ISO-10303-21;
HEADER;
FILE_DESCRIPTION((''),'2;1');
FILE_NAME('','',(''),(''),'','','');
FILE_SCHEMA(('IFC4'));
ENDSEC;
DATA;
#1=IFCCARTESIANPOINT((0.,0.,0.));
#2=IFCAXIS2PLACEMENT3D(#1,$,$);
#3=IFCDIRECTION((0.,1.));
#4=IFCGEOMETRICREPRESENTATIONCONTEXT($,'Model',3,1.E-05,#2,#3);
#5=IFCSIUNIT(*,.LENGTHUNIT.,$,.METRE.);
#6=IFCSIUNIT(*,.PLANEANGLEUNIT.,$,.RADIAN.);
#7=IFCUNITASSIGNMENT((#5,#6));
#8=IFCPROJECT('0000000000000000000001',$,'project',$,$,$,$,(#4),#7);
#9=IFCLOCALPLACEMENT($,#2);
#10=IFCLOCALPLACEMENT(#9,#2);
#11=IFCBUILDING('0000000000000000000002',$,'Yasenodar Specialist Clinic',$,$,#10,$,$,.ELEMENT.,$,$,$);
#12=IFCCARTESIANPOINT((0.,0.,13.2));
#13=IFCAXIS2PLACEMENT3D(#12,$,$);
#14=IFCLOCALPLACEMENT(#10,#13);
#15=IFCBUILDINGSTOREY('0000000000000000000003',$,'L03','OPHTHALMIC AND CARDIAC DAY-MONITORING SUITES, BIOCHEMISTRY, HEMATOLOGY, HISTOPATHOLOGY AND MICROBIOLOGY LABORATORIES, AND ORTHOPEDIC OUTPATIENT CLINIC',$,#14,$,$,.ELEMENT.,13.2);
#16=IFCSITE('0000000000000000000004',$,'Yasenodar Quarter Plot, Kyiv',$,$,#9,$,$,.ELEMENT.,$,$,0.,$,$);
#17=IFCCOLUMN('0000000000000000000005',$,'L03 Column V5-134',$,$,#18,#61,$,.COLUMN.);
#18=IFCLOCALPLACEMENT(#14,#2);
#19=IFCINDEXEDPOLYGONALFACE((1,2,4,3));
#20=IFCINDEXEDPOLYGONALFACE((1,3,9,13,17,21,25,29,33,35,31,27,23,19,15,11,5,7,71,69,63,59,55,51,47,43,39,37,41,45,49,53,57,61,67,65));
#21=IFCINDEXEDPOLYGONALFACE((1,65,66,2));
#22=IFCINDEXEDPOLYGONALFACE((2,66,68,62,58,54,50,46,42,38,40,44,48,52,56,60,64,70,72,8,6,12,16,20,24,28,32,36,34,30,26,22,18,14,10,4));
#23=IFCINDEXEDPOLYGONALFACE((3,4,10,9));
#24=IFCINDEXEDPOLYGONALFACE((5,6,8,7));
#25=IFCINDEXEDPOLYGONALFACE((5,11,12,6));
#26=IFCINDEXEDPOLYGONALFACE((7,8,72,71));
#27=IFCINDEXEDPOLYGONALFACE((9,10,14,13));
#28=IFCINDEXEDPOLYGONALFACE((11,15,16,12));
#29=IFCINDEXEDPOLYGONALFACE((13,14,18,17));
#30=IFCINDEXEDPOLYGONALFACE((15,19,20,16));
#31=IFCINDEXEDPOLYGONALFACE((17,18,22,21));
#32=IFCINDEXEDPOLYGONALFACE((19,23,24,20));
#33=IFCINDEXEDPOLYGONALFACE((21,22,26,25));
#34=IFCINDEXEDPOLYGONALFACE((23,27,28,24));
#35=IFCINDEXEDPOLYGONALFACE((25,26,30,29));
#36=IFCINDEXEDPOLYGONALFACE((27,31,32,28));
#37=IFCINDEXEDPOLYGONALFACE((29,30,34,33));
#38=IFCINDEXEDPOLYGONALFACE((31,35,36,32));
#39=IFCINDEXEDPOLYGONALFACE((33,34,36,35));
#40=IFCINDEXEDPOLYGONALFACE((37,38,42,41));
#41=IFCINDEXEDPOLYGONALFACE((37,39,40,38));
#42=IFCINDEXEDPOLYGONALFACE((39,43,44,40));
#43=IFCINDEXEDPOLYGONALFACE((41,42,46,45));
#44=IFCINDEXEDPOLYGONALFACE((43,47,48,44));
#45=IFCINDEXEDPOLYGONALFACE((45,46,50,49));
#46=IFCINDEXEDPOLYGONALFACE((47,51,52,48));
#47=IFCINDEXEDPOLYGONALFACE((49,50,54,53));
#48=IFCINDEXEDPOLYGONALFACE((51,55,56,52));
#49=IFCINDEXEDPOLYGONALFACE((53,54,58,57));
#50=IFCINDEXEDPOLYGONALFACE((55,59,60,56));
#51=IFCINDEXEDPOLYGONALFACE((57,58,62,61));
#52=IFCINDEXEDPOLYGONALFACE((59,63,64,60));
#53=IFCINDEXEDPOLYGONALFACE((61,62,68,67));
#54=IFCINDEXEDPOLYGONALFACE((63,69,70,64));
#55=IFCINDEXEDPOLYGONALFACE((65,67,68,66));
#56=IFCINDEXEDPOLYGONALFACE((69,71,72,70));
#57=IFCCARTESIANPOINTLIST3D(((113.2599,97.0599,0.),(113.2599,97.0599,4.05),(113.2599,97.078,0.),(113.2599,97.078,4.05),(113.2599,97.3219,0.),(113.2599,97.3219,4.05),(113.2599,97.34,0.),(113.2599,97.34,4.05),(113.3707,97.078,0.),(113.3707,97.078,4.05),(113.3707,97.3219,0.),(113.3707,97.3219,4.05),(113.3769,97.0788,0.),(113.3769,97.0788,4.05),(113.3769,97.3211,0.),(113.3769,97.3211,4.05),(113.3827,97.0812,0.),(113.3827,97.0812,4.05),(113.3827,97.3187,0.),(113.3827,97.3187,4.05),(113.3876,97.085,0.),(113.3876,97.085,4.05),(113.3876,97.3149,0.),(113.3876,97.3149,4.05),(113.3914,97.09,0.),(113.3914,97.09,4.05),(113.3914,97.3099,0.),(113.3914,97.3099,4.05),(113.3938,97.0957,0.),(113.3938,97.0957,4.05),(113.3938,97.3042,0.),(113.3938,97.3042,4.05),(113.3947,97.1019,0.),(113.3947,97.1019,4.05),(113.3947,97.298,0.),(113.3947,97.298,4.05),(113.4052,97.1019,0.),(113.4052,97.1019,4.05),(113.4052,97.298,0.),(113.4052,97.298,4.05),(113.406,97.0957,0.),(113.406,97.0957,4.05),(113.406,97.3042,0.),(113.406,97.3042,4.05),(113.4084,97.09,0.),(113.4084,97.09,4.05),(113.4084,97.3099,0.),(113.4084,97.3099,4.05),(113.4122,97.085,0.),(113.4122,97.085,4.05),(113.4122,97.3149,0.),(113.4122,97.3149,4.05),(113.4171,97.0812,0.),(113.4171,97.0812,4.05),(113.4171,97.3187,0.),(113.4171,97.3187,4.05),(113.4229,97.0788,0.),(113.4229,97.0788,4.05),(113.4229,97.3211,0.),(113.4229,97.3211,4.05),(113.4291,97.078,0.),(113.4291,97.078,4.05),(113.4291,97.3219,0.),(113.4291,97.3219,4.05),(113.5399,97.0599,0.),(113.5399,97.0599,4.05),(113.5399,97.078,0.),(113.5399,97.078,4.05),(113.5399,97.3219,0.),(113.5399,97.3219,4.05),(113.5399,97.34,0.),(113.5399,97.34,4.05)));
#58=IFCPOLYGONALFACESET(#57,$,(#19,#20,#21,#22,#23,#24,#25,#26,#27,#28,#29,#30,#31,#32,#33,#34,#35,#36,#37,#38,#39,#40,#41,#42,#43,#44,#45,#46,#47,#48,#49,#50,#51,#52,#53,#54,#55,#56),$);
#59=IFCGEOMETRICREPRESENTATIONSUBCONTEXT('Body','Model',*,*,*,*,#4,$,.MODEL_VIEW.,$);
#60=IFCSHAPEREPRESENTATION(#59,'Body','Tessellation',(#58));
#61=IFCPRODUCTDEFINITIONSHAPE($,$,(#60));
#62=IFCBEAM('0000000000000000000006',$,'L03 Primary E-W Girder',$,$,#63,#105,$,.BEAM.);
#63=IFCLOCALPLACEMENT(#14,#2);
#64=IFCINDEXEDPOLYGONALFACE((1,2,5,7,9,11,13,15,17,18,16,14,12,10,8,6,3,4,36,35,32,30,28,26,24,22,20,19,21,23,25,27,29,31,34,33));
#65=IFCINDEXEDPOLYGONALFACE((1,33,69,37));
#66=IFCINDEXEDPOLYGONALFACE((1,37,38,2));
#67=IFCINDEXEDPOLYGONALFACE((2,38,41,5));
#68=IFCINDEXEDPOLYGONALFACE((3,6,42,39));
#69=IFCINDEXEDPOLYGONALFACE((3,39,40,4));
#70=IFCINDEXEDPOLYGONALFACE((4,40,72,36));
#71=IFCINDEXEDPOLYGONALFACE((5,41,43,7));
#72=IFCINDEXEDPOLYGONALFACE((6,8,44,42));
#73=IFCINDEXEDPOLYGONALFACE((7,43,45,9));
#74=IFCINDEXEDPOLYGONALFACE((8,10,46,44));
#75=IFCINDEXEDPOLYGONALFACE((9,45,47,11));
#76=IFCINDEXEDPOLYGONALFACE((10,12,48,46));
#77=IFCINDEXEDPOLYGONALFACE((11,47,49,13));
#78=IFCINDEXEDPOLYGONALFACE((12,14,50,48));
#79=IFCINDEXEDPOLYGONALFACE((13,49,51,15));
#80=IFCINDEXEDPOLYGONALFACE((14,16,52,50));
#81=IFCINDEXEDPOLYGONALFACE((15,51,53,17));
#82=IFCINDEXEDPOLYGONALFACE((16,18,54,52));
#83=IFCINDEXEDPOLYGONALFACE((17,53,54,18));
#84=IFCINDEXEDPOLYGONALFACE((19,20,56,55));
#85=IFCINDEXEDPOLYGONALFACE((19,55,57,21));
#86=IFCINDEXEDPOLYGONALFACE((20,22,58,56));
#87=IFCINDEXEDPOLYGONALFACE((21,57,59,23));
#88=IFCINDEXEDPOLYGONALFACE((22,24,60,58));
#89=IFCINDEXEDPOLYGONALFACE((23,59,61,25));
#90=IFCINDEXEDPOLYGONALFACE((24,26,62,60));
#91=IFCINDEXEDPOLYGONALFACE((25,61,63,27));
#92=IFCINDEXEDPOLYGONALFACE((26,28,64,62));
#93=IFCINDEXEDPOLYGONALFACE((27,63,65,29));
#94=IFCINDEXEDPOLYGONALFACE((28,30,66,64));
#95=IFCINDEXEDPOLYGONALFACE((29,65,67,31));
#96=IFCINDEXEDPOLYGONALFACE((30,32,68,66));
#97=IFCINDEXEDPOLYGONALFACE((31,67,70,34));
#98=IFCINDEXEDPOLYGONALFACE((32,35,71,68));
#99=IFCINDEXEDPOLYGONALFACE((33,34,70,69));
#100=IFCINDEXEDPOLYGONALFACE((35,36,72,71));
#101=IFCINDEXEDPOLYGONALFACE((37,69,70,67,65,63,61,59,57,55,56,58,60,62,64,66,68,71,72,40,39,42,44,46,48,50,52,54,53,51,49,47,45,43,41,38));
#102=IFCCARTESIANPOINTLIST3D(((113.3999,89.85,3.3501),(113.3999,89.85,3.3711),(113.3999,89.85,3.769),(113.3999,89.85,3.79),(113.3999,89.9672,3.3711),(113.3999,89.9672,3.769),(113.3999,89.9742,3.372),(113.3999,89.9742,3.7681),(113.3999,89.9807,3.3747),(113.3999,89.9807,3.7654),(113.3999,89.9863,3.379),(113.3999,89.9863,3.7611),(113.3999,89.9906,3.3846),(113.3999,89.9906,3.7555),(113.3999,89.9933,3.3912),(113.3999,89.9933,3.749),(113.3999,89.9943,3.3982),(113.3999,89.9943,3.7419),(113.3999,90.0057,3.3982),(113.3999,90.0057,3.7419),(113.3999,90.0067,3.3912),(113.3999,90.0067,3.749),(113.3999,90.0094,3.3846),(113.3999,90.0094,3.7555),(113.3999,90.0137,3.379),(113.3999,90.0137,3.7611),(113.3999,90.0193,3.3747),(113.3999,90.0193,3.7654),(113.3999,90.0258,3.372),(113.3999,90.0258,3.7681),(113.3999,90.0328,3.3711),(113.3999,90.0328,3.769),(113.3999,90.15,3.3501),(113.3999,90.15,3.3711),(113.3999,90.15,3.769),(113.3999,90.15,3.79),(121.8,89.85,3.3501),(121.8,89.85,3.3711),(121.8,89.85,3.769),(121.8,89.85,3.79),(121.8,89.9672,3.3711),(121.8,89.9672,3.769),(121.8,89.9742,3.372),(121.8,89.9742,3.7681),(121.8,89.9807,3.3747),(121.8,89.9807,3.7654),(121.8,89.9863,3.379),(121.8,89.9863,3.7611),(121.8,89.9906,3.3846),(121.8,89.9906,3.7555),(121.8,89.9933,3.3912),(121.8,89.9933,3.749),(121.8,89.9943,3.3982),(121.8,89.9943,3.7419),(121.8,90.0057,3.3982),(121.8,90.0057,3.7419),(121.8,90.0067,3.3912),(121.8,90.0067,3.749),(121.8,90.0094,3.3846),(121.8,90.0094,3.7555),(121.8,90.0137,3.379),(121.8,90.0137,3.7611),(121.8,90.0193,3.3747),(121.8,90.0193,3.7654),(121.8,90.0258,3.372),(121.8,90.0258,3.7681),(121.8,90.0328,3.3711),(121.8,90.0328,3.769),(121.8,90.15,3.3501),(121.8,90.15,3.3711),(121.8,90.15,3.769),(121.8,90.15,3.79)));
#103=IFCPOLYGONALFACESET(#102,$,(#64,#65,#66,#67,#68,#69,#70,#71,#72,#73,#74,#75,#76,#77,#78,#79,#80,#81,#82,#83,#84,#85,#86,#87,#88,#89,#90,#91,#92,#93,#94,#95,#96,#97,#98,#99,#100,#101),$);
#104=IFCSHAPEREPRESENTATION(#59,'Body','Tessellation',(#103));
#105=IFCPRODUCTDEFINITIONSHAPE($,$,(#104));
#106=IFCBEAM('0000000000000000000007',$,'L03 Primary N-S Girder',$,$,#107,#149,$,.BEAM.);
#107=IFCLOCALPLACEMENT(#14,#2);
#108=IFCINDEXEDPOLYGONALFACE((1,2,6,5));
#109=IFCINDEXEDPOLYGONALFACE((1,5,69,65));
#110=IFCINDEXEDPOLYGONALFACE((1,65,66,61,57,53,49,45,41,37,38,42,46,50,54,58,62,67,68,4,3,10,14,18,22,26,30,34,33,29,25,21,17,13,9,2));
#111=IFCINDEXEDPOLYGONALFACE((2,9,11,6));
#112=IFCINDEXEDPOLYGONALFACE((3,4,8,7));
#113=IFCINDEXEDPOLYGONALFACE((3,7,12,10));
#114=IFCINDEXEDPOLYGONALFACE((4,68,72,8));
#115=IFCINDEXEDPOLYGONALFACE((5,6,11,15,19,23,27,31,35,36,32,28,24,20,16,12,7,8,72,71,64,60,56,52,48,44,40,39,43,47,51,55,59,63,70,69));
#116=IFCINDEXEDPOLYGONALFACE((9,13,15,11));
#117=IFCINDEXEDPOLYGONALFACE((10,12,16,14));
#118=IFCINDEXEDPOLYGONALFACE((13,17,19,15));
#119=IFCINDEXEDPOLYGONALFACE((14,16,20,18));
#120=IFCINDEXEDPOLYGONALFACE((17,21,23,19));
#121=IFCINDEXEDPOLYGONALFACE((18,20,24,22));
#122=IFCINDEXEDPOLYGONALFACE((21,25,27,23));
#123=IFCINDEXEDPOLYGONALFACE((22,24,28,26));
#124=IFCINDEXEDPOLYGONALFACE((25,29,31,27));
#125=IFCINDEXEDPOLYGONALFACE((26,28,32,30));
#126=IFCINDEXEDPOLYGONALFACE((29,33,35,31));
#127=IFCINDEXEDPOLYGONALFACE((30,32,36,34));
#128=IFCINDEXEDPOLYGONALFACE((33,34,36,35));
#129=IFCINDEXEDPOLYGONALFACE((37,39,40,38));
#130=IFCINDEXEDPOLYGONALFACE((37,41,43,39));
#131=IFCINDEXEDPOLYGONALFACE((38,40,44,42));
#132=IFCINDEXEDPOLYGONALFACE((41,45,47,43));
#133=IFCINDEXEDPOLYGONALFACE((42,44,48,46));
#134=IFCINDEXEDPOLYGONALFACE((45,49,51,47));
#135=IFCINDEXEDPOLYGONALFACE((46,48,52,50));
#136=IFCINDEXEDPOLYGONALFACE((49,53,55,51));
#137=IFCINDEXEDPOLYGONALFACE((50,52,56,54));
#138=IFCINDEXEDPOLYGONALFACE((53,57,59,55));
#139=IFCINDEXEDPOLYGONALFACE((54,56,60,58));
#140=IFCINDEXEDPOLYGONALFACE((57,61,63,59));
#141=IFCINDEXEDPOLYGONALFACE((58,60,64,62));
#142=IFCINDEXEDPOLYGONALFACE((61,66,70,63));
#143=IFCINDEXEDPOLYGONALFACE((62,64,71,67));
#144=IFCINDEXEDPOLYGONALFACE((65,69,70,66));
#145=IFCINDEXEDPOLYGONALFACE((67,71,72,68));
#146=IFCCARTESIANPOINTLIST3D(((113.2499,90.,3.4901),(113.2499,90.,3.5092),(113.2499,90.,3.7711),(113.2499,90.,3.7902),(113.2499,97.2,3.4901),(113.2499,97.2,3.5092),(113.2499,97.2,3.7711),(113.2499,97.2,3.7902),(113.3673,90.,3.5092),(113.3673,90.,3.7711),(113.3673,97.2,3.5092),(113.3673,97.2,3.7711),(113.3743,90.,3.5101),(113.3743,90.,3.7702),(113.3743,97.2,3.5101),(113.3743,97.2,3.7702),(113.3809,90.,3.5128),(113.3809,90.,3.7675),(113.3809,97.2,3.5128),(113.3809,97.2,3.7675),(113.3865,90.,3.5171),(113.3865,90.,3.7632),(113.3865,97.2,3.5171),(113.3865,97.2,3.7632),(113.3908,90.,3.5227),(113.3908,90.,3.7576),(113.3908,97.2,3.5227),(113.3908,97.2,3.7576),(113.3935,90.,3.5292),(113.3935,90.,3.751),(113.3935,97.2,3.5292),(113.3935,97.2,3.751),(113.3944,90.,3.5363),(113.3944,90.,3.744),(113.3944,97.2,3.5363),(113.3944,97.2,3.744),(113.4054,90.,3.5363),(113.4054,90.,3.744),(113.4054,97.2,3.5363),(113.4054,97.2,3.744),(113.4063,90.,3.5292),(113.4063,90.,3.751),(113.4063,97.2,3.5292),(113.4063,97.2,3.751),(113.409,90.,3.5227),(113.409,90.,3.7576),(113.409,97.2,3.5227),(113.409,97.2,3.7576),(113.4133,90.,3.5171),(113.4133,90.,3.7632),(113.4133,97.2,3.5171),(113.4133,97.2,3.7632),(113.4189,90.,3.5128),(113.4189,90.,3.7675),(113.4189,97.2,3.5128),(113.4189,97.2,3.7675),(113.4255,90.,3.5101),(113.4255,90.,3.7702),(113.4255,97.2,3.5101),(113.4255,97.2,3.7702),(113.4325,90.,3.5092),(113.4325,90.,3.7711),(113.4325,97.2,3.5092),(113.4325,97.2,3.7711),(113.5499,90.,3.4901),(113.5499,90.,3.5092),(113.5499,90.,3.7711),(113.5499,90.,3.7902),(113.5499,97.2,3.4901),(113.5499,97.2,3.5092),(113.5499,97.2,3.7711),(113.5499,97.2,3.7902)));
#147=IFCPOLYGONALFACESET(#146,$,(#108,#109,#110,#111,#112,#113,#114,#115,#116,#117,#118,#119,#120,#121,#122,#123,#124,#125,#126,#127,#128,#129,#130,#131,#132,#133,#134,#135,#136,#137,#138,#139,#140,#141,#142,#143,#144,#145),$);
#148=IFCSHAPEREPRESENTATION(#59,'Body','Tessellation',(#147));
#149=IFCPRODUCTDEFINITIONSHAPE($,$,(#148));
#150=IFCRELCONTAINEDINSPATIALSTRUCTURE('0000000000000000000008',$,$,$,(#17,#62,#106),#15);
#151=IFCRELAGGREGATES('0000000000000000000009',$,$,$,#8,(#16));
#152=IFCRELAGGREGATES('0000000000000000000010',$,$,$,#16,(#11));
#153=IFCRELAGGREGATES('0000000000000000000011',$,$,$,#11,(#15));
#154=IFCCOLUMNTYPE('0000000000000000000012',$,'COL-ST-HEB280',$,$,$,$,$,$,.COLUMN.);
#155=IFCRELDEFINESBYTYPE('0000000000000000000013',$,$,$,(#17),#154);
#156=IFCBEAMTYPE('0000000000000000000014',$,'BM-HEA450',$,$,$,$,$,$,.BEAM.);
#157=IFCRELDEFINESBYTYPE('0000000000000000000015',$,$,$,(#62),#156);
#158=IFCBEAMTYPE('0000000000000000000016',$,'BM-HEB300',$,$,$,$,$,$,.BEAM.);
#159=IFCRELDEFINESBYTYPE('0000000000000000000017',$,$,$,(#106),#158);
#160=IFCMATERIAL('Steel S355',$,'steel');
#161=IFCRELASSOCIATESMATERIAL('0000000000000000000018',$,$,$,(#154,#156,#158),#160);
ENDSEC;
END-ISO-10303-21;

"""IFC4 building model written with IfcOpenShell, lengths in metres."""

from ifc_helpers import new_model, si_unit, direction, frame, origin, origin_2d, place, context, subcontext, project, spatial, i_section, extrude, material, material_profile, profile_set, type_object, element, save


model = new_model("IFC4")

# Units and contexts
model_context = context("Model", 3, precision=1e-05, world=origin(), true_north=direction((0.0, 1.0)))
body_context = subcontext(model_context, "Body", "Model", "MODEL_VIEW")
ifc_project = project(units=[si_unit("LENGTHUNIT", "METRE"), si_unit("PLANEANGLEUNIT", "RADIAN")], contexts=[model_context])

# Site, building, storey
site_placement = place(None, origin())
site = spatial("IfcSite", under=ifc_project, at=site_placement, Name="Yasenodar Quarter Plot, Kyiv", CompositionType="ELEMENT", RefElevation=0.0)
building_placement = place(site_placement, origin())
building = spatial("IfcBuilding", under=site, at=building_placement, Name="Yasenodar Specialist Clinic", CompositionType="ELEMENT")
storey_placement = place(building_placement, frame((0.0, 0.0, 13.2)))
storey = spatial("IfcBuildingStorey", under=building, at=storey_placement, Name="L03", Description="OPHTHALMIC AND CARDIAC DAY-MONITORING SUITES, BIOCHEMISTRY, HEMATOLOGY, HISTOPATHOLOGY AND MICROBIOLOGY LABORATORIES, AND ORTHOPEDIC OUTPATIENT CLINIC", CompositionType="ELEMENT", Elevation=13.2)

# Column
ifc_material_1 = material(Name="Steel S355", Category="steel")
ifc_material_profile_1 = material_profile(ifc_material_1, i_section(OverallWidth=0.28, OverallDepth=0.28, WebThickness=0.0105, FlangeThickness=0.0181, FilletRadius=0.0239, at=origin_2d()), Name="HEB 280")
ifc_profile_set_1 = profile_set([ifc_material_profile_1], Name="Steel S355")
column_type_1 = type_object("IfcColumnType", Name="COL-ST-HEB280", PredefinedType="COLUMN", material=ifc_profile_set_1)
for number, where, z_axis, x_axis, name in (
    (1, (113.3999, 97.2, 0.0), (0.0, 0.0, 1.0), (1.0, 0.0, 0.0), "L03 Column V5-134"),
):
    element("IfcColumn", number, at=place(storey_placement, frame(where, z_axis=z_axis, x_axis=x_axis)), inside=storey, type_object=column_type_1, Name=name, PredefinedType="COLUMN", context=body_context, shape_type="SweptSolid", body=[
        extrude(i_section(OverallWidth=0.28, OverallDepth=0.28, WebThickness=0.0105, FlangeThickness=0.0181, FilletRadius=0.0239, at=origin_2d()), origin(), (0.0, 0.0, 1.0), 4.05),
    ])

# Beams
ifc_material_profile_2 = material_profile(ifc_material_1, i_section(OverallWidth=0.3, OverallDepth=0.4399, WebThickness=0.0115, FlangeThickness=0.021, FilletRadius=0.0271, at=origin_2d()), Name="HEA 450")
ifc_profile_set_2 = profile_set([ifc_material_profile_2], Name="Steel S355")
beam_type_1 = type_object("IfcBeamType", Name="BM-HEA450", PredefinedType="BEAM", material=ifc_profile_set_2)
beam_1_placement = place(storey_placement, frame((113.3999, 90.0, 3.5701), z_axis=(1.0, 0.0, 0.0), x_axis=(0.0, 1.0, 0.0)))
element("IfcBeam", 2, at=beam_1_placement, inside=storey, type_object=beam_type_1, Name="L03 Primary E-W Girder", PredefinedType="BEAM", context=body_context, shape_type="SweptSolid", body=[
    extrude(i_section(OverallWidth=0.3, OverallDepth=0.4399, WebThickness=0.0115, FlangeThickness=0.021, FilletRadius=0.0271, at=origin_2d()), origin(), (0.0, 0.0, 1.0), 8.4001),
])
ifc_material_profile_3 = material_profile(ifc_material_1, i_section(OverallWidth=0.3, OverallDepth=0.3, WebThickness=0.011, FlangeThickness=0.019, FilletRadius=0.0271, at=origin_2d()), Name="HEB 300")
ifc_profile_set_3 = profile_set([ifc_material_profile_3], Name="Steel S355")
beam_type_2 = type_object("IfcBeamType", Name="BM-HEB300", PredefinedType="BEAM", material=ifc_profile_set_3)
beam_2_placement = place(storey_placement, frame((113.3999, 90.0, 3.6401), z_axis=(0.0, 1.0, 0.0), x_axis=(-1.0, 0.0, 0.0)))
element("IfcBeam", 3, at=beam_2_placement, inside=storey, type_object=beam_type_2, Name="L03 Primary N-S Girder", PredefinedType="BEAM", context=body_context, shape_type="SweptSolid", body=[
    extrude(i_section(OverallWidth=0.3, OverallDepth=0.3, WebThickness=0.011, FlangeThickness=0.019, FilletRadius=0.0271, at=origin_2d()), origin(), (0.0, 0.0, 1.0), 7.2),
])

save(model, "model.ifc")
